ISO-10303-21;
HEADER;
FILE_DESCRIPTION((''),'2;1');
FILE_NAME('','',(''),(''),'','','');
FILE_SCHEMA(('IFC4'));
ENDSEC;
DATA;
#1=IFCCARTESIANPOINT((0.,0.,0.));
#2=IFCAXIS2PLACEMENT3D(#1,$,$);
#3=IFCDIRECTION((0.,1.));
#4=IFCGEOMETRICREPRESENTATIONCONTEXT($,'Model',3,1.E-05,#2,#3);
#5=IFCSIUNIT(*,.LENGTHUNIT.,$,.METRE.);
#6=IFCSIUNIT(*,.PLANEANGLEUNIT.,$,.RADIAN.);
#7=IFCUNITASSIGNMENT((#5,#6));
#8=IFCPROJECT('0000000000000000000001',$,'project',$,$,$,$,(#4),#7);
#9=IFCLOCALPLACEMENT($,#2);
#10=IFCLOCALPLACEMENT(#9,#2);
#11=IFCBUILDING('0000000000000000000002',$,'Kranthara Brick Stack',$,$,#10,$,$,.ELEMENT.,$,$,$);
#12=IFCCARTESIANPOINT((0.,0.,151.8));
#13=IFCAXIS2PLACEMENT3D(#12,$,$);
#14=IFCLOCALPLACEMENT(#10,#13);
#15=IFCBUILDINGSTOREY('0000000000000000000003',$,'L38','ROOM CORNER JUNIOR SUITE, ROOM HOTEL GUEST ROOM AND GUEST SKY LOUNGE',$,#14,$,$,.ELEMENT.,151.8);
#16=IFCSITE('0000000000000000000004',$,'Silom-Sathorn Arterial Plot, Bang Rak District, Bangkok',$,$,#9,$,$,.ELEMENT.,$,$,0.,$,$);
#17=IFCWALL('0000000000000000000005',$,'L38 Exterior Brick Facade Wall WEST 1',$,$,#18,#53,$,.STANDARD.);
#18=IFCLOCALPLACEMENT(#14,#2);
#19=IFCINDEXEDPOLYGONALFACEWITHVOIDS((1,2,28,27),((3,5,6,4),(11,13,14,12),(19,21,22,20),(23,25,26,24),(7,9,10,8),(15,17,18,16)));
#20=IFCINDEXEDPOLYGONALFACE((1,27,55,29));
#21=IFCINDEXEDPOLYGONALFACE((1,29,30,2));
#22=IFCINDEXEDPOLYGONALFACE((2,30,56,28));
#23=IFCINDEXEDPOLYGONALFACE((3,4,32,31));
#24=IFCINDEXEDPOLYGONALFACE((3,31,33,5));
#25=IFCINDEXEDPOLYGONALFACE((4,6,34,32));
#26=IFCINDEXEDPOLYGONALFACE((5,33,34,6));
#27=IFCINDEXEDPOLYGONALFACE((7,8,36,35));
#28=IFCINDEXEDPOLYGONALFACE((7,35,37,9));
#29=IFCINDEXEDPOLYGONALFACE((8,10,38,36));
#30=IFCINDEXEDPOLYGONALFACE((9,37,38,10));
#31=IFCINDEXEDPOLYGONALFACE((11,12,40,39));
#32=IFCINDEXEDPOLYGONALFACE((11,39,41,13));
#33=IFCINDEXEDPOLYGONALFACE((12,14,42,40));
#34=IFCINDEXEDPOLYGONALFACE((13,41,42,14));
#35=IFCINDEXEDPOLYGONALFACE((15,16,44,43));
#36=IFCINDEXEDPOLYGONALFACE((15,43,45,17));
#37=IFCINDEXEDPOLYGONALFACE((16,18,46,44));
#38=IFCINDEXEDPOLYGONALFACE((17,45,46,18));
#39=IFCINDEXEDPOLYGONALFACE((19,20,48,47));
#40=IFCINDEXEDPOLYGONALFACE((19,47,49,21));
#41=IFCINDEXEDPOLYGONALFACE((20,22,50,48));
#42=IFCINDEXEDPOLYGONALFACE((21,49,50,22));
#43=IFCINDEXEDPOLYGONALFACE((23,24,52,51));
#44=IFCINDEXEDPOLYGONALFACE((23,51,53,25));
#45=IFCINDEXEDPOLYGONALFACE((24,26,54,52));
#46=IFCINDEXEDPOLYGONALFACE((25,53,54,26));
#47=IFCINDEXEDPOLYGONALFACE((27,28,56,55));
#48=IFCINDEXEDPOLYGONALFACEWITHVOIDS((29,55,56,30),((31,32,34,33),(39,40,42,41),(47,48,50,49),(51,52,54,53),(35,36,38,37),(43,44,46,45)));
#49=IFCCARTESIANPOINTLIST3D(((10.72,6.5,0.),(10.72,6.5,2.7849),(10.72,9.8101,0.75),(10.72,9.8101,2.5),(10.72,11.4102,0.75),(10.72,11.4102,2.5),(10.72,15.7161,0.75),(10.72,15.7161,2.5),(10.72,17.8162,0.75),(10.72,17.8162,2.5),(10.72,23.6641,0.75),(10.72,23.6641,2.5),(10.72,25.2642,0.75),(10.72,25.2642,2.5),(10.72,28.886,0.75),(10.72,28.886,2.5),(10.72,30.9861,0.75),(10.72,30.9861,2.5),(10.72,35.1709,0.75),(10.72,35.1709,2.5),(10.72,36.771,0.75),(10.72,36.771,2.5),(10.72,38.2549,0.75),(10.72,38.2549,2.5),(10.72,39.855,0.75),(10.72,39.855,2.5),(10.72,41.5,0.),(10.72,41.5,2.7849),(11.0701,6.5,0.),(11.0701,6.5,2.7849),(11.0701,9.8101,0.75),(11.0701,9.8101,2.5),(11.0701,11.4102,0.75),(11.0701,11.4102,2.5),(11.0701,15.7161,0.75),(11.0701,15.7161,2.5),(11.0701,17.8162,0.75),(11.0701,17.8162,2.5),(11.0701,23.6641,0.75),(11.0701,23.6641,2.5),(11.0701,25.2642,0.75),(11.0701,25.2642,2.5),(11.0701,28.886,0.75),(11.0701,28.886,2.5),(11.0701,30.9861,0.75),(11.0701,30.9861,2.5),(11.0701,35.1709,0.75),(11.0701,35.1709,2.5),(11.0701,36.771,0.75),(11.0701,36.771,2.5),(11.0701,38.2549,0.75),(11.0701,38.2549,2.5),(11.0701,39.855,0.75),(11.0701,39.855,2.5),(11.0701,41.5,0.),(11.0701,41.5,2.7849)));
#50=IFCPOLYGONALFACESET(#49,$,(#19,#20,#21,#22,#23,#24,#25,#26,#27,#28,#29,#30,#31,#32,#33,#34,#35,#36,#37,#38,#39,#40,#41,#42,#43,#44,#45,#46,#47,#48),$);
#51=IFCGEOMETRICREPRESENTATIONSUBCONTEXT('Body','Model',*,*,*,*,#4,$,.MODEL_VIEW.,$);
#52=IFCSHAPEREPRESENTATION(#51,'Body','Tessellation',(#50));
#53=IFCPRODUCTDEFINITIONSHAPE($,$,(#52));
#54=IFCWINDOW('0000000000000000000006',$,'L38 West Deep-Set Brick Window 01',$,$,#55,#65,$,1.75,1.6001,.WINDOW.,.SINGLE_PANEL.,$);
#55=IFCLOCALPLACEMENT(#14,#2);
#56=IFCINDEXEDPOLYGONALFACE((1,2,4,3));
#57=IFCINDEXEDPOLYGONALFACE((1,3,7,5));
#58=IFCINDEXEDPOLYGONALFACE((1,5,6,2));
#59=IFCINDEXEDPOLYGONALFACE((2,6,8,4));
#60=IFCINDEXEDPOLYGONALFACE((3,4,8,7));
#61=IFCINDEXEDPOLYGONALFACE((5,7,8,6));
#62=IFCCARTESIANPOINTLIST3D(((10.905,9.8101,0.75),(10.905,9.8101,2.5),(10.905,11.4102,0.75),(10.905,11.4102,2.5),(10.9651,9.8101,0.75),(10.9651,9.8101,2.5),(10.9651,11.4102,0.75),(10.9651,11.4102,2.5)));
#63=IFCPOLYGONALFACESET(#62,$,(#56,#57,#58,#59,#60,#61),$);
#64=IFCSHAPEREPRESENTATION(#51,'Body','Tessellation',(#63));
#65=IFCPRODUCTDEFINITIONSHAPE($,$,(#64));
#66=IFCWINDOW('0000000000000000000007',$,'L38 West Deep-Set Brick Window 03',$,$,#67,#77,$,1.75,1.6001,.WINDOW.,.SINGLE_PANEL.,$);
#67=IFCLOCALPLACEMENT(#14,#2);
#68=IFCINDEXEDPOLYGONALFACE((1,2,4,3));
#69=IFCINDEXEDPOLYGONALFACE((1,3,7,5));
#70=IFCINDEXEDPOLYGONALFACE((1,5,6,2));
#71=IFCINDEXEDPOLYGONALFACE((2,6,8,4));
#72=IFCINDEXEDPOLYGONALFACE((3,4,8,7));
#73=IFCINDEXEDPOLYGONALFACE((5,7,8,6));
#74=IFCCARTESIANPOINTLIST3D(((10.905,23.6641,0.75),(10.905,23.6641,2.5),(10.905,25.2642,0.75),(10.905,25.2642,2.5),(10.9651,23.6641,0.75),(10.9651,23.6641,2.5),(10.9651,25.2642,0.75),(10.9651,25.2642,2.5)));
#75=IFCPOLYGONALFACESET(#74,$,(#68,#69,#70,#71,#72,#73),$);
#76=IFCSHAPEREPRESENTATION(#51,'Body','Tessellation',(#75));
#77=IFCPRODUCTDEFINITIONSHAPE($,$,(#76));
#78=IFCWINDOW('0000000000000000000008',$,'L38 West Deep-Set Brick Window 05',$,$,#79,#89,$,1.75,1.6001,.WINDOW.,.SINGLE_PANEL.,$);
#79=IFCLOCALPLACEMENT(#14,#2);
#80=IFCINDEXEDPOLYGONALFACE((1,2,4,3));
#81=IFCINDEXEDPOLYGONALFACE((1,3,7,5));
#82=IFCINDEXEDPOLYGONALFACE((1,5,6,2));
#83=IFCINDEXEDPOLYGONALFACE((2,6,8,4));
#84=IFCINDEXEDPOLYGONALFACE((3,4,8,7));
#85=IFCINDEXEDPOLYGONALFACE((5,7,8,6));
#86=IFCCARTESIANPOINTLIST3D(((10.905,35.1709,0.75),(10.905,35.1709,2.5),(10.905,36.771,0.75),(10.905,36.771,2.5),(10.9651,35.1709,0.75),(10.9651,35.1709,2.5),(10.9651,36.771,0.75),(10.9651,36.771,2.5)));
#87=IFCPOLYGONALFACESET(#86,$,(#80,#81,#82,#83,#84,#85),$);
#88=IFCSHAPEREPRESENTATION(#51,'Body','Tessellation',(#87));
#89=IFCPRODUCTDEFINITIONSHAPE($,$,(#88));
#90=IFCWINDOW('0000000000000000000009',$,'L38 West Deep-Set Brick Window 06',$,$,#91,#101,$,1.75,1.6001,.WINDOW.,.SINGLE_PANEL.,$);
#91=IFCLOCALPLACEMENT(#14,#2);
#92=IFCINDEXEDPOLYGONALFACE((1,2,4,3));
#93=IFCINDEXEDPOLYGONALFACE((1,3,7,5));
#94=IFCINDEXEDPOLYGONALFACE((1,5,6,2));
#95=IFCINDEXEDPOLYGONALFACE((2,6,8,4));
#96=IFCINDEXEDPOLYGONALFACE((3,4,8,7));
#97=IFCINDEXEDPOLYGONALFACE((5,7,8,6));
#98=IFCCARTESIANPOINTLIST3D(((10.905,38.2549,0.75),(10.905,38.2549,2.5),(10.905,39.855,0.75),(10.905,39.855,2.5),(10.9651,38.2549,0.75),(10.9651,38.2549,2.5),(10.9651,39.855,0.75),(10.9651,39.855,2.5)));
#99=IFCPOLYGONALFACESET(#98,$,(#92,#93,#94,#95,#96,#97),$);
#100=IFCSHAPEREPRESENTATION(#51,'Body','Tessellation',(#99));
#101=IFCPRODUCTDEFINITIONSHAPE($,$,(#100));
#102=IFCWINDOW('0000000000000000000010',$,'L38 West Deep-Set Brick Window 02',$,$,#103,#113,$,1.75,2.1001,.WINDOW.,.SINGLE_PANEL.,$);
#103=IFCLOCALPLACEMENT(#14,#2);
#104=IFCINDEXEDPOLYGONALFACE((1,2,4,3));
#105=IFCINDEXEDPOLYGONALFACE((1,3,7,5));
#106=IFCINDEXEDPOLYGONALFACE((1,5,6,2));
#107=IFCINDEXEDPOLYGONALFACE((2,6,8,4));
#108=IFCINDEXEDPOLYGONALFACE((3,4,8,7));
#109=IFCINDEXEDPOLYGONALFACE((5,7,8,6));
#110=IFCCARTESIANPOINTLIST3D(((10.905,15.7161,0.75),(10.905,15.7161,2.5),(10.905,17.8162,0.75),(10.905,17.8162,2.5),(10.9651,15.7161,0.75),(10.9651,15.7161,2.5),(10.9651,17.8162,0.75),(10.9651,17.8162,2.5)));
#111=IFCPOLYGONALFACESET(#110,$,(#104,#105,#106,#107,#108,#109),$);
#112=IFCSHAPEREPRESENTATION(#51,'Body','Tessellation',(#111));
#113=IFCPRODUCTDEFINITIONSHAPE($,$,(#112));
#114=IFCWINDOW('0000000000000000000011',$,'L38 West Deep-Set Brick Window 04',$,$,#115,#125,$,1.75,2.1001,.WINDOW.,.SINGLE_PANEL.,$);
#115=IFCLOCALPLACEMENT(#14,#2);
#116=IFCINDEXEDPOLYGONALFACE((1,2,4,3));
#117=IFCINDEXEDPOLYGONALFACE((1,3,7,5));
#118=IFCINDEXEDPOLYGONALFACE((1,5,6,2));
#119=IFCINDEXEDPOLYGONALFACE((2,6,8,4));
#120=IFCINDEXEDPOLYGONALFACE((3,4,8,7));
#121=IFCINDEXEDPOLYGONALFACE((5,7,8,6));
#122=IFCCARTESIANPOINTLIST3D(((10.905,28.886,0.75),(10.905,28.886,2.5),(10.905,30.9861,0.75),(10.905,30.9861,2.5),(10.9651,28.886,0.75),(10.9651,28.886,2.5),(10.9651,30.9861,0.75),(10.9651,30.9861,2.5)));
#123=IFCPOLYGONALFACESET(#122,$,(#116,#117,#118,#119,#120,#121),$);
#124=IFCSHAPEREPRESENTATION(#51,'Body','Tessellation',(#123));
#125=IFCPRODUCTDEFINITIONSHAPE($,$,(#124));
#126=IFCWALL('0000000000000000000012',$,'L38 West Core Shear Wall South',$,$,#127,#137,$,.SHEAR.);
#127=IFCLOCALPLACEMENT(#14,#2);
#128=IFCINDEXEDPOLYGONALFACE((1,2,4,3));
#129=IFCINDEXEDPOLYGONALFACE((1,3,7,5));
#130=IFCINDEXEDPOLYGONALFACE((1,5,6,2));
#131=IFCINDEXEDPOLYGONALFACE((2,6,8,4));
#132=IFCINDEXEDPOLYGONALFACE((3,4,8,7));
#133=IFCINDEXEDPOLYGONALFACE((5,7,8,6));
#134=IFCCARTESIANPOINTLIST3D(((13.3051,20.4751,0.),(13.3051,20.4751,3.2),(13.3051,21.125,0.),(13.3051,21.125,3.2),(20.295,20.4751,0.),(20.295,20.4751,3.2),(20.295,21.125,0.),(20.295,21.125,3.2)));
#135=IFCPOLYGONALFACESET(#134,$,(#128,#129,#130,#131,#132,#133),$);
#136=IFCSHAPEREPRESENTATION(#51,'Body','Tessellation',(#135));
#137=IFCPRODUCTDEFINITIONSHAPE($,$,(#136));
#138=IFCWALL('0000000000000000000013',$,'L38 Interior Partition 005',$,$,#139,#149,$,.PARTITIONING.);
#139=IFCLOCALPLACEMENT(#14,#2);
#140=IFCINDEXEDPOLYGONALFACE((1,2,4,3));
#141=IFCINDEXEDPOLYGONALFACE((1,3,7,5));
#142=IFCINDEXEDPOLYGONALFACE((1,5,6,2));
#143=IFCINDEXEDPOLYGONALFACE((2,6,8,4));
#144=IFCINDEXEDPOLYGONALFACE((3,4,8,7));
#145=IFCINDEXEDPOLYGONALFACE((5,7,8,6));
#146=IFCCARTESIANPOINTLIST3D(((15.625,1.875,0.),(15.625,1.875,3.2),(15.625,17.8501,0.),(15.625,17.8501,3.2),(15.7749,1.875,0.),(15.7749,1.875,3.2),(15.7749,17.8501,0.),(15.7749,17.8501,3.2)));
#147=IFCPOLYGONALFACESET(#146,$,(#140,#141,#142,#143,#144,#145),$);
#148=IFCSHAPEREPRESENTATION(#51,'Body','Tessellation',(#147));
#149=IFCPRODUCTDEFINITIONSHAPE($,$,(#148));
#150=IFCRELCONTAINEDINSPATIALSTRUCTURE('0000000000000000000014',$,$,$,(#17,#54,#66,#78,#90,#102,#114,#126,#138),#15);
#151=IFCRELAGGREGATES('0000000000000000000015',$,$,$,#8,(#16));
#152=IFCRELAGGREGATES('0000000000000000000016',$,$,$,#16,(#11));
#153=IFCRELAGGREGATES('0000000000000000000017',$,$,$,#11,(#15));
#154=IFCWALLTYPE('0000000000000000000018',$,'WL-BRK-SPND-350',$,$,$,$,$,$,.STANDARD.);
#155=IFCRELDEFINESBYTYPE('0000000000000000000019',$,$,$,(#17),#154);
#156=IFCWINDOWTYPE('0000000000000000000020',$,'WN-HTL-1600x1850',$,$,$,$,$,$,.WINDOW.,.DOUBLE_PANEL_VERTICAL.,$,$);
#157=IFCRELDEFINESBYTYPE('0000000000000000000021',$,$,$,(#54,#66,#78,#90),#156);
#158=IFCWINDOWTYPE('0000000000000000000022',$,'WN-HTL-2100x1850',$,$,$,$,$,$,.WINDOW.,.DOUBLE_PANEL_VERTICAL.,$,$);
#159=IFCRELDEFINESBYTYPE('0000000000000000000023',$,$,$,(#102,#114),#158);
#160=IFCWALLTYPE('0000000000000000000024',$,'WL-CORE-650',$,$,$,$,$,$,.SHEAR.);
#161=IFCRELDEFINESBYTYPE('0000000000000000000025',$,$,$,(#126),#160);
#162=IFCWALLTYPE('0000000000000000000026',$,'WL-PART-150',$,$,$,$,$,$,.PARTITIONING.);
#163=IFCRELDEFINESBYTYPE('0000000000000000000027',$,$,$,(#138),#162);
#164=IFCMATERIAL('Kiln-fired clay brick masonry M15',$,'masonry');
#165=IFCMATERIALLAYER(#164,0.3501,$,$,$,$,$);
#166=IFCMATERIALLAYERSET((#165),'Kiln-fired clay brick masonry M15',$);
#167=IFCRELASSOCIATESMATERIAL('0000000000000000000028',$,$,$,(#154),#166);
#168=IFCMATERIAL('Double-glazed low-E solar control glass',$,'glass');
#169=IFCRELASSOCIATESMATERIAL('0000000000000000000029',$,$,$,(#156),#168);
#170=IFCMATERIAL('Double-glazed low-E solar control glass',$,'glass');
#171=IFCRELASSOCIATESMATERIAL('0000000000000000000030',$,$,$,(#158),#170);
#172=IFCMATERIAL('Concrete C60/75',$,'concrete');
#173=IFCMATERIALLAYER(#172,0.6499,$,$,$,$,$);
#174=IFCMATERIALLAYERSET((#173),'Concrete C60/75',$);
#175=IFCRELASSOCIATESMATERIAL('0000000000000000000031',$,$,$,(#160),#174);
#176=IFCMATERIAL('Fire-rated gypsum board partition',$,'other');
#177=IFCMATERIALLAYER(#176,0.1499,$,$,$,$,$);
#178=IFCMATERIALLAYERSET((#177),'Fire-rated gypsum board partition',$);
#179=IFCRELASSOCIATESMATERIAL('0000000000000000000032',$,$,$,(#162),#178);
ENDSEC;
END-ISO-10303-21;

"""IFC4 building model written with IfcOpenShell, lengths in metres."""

from ifc_helpers import new_model, si_unit, direction, frame, frame_2d, origin, place, context, subcontext, project, spatial, rectangle, extrude, material, layer, layer_set, type_object, element, fill, save


model = new_model("IFC4")

# Units and contexts
model_context = context("Model", 3, precision=1e-05, world=origin(), true_north=direction((0.0, 1.0)))
body_context = subcontext(model_context, "Body", "Model", "MODEL_VIEW")
ifc_project = project(units=[si_unit("LENGTHUNIT", "METRE"), si_unit("PLANEANGLEUNIT", "RADIAN")], contexts=[model_context])

# Site, building, storey
site_placement = place(None, origin())
site = spatial("IfcSite", under=ifc_project, at=site_placement, Name="Silom-Sathorn Arterial Plot, Bang Rak District, Bangkok", CompositionType="ELEMENT", RefElevation=0.0)
building_placement = place(site_placement, origin())
building = spatial("IfcBuilding", under=site, at=building_placement, Name="Kranthara Brick Stack", CompositionType="ELEMENT")
storey_placement = place(building_placement, frame((0.0, 0.0, 151.8)))
storey = spatial("IfcBuildingStorey", under=building, at=storey_placement, Name="L38", Description="ROOM CORNER JUNIOR SUITE, ROOM HOTEL GUEST ROOM AND GUEST SKY LOUNGE", CompositionType="ELEMENT", Elevation=151.8)

# Shared definitions
ifc_material_1 = material(Name="Kiln-fired clay brick masonry M15", Category="masonry")
ifc_layer_1 = layer(ifc_material_1, 0.3501)
ifc_layer_set_1 = layer_set([ifc_layer_1], Name="Kiln-fired clay brick masonry M15")
wall_type_1 = type_object("IfcWallType", Name="WL-BRK-SPND-350", PredefinedType="STANDARD", material=ifc_layer_set_1)

# Wall, openings, windows
wall_1_placement = place(storey_placement, frame((10.895, 6.5, 0.0), z_axis=(0.0, 0.0, 1.0), x_axis=(0.0, 1.0, 0.0)))
wall_1 = element("IfcWall", 1, at=wall_1_placement, inside=storey, type_object=wall_type_1, Name="L38 Exterior Brick Facade Wall WEST 1", PredefinedType="STANDARD", context=body_context, shape_type="SweptSolid", body=[
    extrude(rectangle(XDim=35.0, YDim=0.3501, at=frame_2d((17.5, 0.0))), origin(), (0.0, 0.0, 1.0), 2.7849),
])
opening_1_placement = place(wall_1_placement, frame((3.3101, 0.0, 0.75)))
opening_1 = element("IfcOpeningElement", 2, at=opening_1_placement, cuts=wall_1, PredefinedType="OPENING", context=body_context, shape_type="SweptSolid", body=[
    extrude(rectangle(XDim=1.6001, YDim=1.75, at=frame_2d((0.8, 0.875))), frame((0.0, 0.1851, 0.0), z_axis=(0.0, -1.0, 0.0), x_axis=(1.0, 0.0, 0.0)), (0.0, 0.0, 1.0), 0.3701),
])
opening_2_placement = place(wall_1_placement, frame((9.2161, 0.0, 0.75)))
opening_2 = element("IfcOpeningElement", 3, at=opening_2_placement, cuts=wall_1, PredefinedType="OPENING", context=body_context, shape_type="SweptSolid", body=[
    extrude(rectangle(XDim=2.1001, YDim=1.75, at=frame_2d((1.05, 0.875))), frame((0.0, 0.1851, 0.0), z_axis=(0.0, -1.0, 0.0), x_axis=(1.0, 0.0, 0.0)), (0.0, 0.0, 1.0), 0.3701),
])
opening_3_placement = place(wall_1_placement, frame((17.1641, 0.0, 0.75)))
opening_3 = element("IfcOpeningElement", 4, at=opening_3_placement, cuts=wall_1, PredefinedType="OPENING", context=body_context, shape_type="SweptSolid", body=[
    extrude(rectangle(XDim=1.6001, YDim=1.75, at=frame_2d((0.8, 0.875))), frame((0.0, 0.1851, 0.0), z_axis=(0.0, -1.0, 0.0), x_axis=(1.0, 0.0, 0.0)), (0.0, 0.0, 1.0), 0.3701),
])
opening_4_placement = place(wall_1_placement, frame((22.386, 0.0, 0.75)))
opening_4 = element("IfcOpeningElement", 5, at=opening_4_placement, cuts=wall_1, PredefinedType="OPENING", context=body_context, shape_type="SweptSolid", body=[
    extrude(rectangle(XDim=2.1001, YDim=1.75, at=frame_2d((1.05, 0.875))), frame((0.0, 0.1851, 0.0), z_axis=(0.0, -1.0, 0.0), x_axis=(1.0, 0.0, 0.0)), (0.0, 0.0, 1.0), 0.3701),
])
opening_5_placement = place(wall_1_placement, frame((28.6709, 0.0, 0.75)))
opening_5 = element("IfcOpeningElement", 6, at=opening_5_placement, cuts=wall_1, PredefinedType="OPENING", context=body_context, shape_type="SweptSolid", body=[
    extrude(rectangle(XDim=1.6001, YDim=1.75, at=frame_2d((0.8, 0.875))), frame((0.0, 0.1851, 0.0), z_axis=(0.0, -1.0, 0.0), x_axis=(1.0, 0.0, 0.0)), (0.0, 0.0, 1.0), 0.3701),
])
opening_6_placement = place(wall_1_placement, frame((31.7549, 0.0, 0.75)))
opening_6 = element("IfcOpeningElement", 7, at=opening_6_placement, cuts=wall_1, PredefinedType="OPENING", context=body_context, shape_type="SweptSolid", body=[
    extrude(rectangle(XDim=1.6001, YDim=1.75, at=frame_2d((0.8, 0.875))), frame((0.0, 0.1851, 0.0), z_axis=(0.0, -1.0, 0.0), x_axis=(1.0, 0.0, 0.0)), (0.0, 0.0, 1.0), 0.3701),
])
ifc_material_2 = material(Name="Double-glazed low-E solar control glass", Category="glass")
window_type_1 = type_object("IfcWindowType", Name="WN-HTL-1600x1850", PartitioningType="DOUBLE_PANEL_VERTICAL", PredefinedType="WINDOW", material=ifc_material_2)
window_1_placement = place(opening_1_placement, origin())
window_1 = element("IfcWindow", 8, at=window_1_placement, inside=storey, type_object=window_type_1, Name="L38 West Deep-Set Brick Window 01", OverallHeight=1.75, OverallWidth=1.6001, PartitioningType="SINGLE_PANEL", PredefinedType="WINDOW", context=body_context, shape_type="SweptSolid", body=[
    extrude(rectangle(XDim=1.6001, YDim=1.75, at=frame_2d((0.8, 0.875))), frame((0.0, -0.01, 0.0), z_axis=(0.0, -1.0, 0.0), x_axis=(1.0, 0.0, 0.0)), (0.0, 0.0, 1.0), 0.0601),
])
fill(opening_1, window_1)
window_2_placement = place(opening_3_placement, origin())
window_2 = element("IfcWindow", 9, at=window_2_placement, inside=storey, type_object=window_type_1, Name="L38 West Deep-Set Brick Window 03", OverallHeight=1.75, OverallWidth=1.6001, PartitioningType="SINGLE_PANEL", PredefinedType="WINDOW", context=body_context, shape_type="SweptSolid", body=[
    extrude(rectangle(XDim=1.6001, YDim=1.75, at=frame_2d((0.8, 0.875))), frame((0.0, -0.01, 0.0), z_axis=(0.0, -1.0, 0.0), x_axis=(1.0, 0.0, 0.0)), (0.0, 0.0, 1.0), 0.0601),
])
fill(opening_3, window_2)
window_3_placement = place(opening_5_placement, origin())
window_3 = element("IfcWindow", 10, at=window_3_placement, inside=storey, type_object=window_type_1, Name="L38 West Deep-Set Brick Window 05", OverallHeight=1.75, OverallWidth=1.6001, PartitioningType="SINGLE_PANEL", PredefinedType="WINDOW", context=body_context, shape_type="SweptSolid", body=[
    extrude(rectangle(XDim=1.6001, YDim=1.75, at=frame_2d((0.8, 0.875))), frame((0.0, -0.01, 0.0), z_axis=(0.0, -1.0, 0.0), x_axis=(1.0, 0.0, 0.0)), (0.0, 0.0, 1.0), 0.0601),
])
fill(opening_5, window_3)
window_4_placement = place(opening_6_placement, origin())
window_4 = element("IfcWindow", 11, at=window_4_placement, inside=storey, type_object=window_type_1, Name="L38 West Deep-Set Brick Window 06", OverallHeight=1.75, OverallWidth=1.6001, PartitioningType="SINGLE_PANEL", PredefinedType="WINDOW", context=body_context, shape_type="SweptSolid", body=[
    extrude(rectangle(XDim=1.6001, YDim=1.75, at=frame_2d((0.8, 0.875))), frame((0.0, -0.01, 0.0), z_axis=(0.0, -1.0, 0.0), x_axis=(1.0, 0.0, 0.0)), (0.0, 0.0, 1.0), 0.0601),
])
fill(opening_6, window_4)
ifc_material_3 = material(Name="Double-glazed low-E solar control glass", Category="glass")
window_type_2 = type_object("IfcWindowType", Name="WN-HTL-2100x1850", PartitioningType="DOUBLE_PANEL_VERTICAL", PredefinedType="WINDOW", material=ifc_material_3)
window_5_placement = place(opening_2_placement, origin())
window_5 = element("IfcWindow", 12, at=window_5_placement, inside=storey, type_object=window_type_2, Name="L38 West Deep-Set Brick Window 02", OverallHeight=1.75, OverallWidth=2.1001, PartitioningType="SINGLE_PANEL", PredefinedType="WINDOW", context=body_context, shape_type="SweptSolid", body=[
    extrude(rectangle(XDim=2.1001, YDim=1.75, at=frame_2d((1.05, 0.875))), frame((0.0, -0.01, 0.0), z_axis=(0.0, -1.0, 0.0), x_axis=(1.0, 0.0, 0.0)), (0.0, 0.0, 1.0), 0.0601),
])
fill(opening_2, window_5)
window_6_placement = place(opening_4_placement, origin())
window_6 = element("IfcWindow", 13, at=window_6_placement, inside=storey, type_object=window_type_2, Name="L38 West Deep-Set Brick Window 04", OverallHeight=1.75, OverallWidth=2.1001, PartitioningType="SINGLE_PANEL", PredefinedType="WINDOW", context=body_context, shape_type="SweptSolid", body=[
    extrude(rectangle(XDim=2.1001, YDim=1.75, at=frame_2d((1.05, 0.875))), frame((0.0, -0.01, 0.0), z_axis=(0.0, -1.0, 0.0), x_axis=(1.0, 0.0, 0.0)), (0.0, 0.0, 1.0), 0.0601),
])
fill(opening_4, window_6)

# Walls
ifc_material_4 = material(Name="Concrete C60/75", Category="concrete")
ifc_layer_2 = layer(ifc_material_4, 0.6499)
ifc_layer_set_2 = layer_set([ifc_layer_2], Name="Concrete C60/75")
wall_type_2 = type_object("IfcWallType", Name="WL-CORE-650", PredefinedType="SHEAR", material=ifc_layer_set_2)
wall_2_placement = place(storey_placement, frame((13.3049, 20.8, 0.0), z_axis=(0.0, 0.0, 1.0), x_axis=(1.0, 0.0, 0.0)))
element("IfcWall", 14, at=wall_2_placement, inside=storey, type_object=wall_type_2, Name="L38 West Core Shear Wall South", PredefinedType="SHEAR", context=body_context, shape_type="SweptSolid", body=[
    extrude(rectangle(XDim=6.99, YDim=0.6499, at=frame_2d((3.4951, 0.0))), origin(), (0.0, 0.0, 1.0), 3.2),
])
ifc_material_5 = material(Name="Fire-rated gypsum board partition", Category="other")
ifc_layer_3 = layer(ifc_material_5, 0.1499)
ifc_layer_set_3 = layer_set([ifc_layer_3], Name="Fire-rated gypsum board partition")
wall_type_3 = type_object("IfcWallType", Name="WL-PART-150", PredefinedType="PARTITIONING", material=ifc_layer_set_3)
wall_3_placement = place(storey_placement, frame((15.7, 1.875, 0.0), z_axis=(0.0, 0.0, 1.0), x_axis=(0.0, 1.0, 0.0)))
element("IfcWall", 15, at=wall_3_placement, inside=storey, type_object=wall_type_3, Name="L38 Interior Partition 005", PredefinedType="PARTITIONING", context=body_context, shape_type="SweptSolid", body=[
    extrude(rectangle(XDim=15.9751, YDim=0.1499, at=frame_2d((7.9875, 0.0))), origin(), (0.0, 0.0, 1.0), 3.2),
])

save(model, "model.ifc")
